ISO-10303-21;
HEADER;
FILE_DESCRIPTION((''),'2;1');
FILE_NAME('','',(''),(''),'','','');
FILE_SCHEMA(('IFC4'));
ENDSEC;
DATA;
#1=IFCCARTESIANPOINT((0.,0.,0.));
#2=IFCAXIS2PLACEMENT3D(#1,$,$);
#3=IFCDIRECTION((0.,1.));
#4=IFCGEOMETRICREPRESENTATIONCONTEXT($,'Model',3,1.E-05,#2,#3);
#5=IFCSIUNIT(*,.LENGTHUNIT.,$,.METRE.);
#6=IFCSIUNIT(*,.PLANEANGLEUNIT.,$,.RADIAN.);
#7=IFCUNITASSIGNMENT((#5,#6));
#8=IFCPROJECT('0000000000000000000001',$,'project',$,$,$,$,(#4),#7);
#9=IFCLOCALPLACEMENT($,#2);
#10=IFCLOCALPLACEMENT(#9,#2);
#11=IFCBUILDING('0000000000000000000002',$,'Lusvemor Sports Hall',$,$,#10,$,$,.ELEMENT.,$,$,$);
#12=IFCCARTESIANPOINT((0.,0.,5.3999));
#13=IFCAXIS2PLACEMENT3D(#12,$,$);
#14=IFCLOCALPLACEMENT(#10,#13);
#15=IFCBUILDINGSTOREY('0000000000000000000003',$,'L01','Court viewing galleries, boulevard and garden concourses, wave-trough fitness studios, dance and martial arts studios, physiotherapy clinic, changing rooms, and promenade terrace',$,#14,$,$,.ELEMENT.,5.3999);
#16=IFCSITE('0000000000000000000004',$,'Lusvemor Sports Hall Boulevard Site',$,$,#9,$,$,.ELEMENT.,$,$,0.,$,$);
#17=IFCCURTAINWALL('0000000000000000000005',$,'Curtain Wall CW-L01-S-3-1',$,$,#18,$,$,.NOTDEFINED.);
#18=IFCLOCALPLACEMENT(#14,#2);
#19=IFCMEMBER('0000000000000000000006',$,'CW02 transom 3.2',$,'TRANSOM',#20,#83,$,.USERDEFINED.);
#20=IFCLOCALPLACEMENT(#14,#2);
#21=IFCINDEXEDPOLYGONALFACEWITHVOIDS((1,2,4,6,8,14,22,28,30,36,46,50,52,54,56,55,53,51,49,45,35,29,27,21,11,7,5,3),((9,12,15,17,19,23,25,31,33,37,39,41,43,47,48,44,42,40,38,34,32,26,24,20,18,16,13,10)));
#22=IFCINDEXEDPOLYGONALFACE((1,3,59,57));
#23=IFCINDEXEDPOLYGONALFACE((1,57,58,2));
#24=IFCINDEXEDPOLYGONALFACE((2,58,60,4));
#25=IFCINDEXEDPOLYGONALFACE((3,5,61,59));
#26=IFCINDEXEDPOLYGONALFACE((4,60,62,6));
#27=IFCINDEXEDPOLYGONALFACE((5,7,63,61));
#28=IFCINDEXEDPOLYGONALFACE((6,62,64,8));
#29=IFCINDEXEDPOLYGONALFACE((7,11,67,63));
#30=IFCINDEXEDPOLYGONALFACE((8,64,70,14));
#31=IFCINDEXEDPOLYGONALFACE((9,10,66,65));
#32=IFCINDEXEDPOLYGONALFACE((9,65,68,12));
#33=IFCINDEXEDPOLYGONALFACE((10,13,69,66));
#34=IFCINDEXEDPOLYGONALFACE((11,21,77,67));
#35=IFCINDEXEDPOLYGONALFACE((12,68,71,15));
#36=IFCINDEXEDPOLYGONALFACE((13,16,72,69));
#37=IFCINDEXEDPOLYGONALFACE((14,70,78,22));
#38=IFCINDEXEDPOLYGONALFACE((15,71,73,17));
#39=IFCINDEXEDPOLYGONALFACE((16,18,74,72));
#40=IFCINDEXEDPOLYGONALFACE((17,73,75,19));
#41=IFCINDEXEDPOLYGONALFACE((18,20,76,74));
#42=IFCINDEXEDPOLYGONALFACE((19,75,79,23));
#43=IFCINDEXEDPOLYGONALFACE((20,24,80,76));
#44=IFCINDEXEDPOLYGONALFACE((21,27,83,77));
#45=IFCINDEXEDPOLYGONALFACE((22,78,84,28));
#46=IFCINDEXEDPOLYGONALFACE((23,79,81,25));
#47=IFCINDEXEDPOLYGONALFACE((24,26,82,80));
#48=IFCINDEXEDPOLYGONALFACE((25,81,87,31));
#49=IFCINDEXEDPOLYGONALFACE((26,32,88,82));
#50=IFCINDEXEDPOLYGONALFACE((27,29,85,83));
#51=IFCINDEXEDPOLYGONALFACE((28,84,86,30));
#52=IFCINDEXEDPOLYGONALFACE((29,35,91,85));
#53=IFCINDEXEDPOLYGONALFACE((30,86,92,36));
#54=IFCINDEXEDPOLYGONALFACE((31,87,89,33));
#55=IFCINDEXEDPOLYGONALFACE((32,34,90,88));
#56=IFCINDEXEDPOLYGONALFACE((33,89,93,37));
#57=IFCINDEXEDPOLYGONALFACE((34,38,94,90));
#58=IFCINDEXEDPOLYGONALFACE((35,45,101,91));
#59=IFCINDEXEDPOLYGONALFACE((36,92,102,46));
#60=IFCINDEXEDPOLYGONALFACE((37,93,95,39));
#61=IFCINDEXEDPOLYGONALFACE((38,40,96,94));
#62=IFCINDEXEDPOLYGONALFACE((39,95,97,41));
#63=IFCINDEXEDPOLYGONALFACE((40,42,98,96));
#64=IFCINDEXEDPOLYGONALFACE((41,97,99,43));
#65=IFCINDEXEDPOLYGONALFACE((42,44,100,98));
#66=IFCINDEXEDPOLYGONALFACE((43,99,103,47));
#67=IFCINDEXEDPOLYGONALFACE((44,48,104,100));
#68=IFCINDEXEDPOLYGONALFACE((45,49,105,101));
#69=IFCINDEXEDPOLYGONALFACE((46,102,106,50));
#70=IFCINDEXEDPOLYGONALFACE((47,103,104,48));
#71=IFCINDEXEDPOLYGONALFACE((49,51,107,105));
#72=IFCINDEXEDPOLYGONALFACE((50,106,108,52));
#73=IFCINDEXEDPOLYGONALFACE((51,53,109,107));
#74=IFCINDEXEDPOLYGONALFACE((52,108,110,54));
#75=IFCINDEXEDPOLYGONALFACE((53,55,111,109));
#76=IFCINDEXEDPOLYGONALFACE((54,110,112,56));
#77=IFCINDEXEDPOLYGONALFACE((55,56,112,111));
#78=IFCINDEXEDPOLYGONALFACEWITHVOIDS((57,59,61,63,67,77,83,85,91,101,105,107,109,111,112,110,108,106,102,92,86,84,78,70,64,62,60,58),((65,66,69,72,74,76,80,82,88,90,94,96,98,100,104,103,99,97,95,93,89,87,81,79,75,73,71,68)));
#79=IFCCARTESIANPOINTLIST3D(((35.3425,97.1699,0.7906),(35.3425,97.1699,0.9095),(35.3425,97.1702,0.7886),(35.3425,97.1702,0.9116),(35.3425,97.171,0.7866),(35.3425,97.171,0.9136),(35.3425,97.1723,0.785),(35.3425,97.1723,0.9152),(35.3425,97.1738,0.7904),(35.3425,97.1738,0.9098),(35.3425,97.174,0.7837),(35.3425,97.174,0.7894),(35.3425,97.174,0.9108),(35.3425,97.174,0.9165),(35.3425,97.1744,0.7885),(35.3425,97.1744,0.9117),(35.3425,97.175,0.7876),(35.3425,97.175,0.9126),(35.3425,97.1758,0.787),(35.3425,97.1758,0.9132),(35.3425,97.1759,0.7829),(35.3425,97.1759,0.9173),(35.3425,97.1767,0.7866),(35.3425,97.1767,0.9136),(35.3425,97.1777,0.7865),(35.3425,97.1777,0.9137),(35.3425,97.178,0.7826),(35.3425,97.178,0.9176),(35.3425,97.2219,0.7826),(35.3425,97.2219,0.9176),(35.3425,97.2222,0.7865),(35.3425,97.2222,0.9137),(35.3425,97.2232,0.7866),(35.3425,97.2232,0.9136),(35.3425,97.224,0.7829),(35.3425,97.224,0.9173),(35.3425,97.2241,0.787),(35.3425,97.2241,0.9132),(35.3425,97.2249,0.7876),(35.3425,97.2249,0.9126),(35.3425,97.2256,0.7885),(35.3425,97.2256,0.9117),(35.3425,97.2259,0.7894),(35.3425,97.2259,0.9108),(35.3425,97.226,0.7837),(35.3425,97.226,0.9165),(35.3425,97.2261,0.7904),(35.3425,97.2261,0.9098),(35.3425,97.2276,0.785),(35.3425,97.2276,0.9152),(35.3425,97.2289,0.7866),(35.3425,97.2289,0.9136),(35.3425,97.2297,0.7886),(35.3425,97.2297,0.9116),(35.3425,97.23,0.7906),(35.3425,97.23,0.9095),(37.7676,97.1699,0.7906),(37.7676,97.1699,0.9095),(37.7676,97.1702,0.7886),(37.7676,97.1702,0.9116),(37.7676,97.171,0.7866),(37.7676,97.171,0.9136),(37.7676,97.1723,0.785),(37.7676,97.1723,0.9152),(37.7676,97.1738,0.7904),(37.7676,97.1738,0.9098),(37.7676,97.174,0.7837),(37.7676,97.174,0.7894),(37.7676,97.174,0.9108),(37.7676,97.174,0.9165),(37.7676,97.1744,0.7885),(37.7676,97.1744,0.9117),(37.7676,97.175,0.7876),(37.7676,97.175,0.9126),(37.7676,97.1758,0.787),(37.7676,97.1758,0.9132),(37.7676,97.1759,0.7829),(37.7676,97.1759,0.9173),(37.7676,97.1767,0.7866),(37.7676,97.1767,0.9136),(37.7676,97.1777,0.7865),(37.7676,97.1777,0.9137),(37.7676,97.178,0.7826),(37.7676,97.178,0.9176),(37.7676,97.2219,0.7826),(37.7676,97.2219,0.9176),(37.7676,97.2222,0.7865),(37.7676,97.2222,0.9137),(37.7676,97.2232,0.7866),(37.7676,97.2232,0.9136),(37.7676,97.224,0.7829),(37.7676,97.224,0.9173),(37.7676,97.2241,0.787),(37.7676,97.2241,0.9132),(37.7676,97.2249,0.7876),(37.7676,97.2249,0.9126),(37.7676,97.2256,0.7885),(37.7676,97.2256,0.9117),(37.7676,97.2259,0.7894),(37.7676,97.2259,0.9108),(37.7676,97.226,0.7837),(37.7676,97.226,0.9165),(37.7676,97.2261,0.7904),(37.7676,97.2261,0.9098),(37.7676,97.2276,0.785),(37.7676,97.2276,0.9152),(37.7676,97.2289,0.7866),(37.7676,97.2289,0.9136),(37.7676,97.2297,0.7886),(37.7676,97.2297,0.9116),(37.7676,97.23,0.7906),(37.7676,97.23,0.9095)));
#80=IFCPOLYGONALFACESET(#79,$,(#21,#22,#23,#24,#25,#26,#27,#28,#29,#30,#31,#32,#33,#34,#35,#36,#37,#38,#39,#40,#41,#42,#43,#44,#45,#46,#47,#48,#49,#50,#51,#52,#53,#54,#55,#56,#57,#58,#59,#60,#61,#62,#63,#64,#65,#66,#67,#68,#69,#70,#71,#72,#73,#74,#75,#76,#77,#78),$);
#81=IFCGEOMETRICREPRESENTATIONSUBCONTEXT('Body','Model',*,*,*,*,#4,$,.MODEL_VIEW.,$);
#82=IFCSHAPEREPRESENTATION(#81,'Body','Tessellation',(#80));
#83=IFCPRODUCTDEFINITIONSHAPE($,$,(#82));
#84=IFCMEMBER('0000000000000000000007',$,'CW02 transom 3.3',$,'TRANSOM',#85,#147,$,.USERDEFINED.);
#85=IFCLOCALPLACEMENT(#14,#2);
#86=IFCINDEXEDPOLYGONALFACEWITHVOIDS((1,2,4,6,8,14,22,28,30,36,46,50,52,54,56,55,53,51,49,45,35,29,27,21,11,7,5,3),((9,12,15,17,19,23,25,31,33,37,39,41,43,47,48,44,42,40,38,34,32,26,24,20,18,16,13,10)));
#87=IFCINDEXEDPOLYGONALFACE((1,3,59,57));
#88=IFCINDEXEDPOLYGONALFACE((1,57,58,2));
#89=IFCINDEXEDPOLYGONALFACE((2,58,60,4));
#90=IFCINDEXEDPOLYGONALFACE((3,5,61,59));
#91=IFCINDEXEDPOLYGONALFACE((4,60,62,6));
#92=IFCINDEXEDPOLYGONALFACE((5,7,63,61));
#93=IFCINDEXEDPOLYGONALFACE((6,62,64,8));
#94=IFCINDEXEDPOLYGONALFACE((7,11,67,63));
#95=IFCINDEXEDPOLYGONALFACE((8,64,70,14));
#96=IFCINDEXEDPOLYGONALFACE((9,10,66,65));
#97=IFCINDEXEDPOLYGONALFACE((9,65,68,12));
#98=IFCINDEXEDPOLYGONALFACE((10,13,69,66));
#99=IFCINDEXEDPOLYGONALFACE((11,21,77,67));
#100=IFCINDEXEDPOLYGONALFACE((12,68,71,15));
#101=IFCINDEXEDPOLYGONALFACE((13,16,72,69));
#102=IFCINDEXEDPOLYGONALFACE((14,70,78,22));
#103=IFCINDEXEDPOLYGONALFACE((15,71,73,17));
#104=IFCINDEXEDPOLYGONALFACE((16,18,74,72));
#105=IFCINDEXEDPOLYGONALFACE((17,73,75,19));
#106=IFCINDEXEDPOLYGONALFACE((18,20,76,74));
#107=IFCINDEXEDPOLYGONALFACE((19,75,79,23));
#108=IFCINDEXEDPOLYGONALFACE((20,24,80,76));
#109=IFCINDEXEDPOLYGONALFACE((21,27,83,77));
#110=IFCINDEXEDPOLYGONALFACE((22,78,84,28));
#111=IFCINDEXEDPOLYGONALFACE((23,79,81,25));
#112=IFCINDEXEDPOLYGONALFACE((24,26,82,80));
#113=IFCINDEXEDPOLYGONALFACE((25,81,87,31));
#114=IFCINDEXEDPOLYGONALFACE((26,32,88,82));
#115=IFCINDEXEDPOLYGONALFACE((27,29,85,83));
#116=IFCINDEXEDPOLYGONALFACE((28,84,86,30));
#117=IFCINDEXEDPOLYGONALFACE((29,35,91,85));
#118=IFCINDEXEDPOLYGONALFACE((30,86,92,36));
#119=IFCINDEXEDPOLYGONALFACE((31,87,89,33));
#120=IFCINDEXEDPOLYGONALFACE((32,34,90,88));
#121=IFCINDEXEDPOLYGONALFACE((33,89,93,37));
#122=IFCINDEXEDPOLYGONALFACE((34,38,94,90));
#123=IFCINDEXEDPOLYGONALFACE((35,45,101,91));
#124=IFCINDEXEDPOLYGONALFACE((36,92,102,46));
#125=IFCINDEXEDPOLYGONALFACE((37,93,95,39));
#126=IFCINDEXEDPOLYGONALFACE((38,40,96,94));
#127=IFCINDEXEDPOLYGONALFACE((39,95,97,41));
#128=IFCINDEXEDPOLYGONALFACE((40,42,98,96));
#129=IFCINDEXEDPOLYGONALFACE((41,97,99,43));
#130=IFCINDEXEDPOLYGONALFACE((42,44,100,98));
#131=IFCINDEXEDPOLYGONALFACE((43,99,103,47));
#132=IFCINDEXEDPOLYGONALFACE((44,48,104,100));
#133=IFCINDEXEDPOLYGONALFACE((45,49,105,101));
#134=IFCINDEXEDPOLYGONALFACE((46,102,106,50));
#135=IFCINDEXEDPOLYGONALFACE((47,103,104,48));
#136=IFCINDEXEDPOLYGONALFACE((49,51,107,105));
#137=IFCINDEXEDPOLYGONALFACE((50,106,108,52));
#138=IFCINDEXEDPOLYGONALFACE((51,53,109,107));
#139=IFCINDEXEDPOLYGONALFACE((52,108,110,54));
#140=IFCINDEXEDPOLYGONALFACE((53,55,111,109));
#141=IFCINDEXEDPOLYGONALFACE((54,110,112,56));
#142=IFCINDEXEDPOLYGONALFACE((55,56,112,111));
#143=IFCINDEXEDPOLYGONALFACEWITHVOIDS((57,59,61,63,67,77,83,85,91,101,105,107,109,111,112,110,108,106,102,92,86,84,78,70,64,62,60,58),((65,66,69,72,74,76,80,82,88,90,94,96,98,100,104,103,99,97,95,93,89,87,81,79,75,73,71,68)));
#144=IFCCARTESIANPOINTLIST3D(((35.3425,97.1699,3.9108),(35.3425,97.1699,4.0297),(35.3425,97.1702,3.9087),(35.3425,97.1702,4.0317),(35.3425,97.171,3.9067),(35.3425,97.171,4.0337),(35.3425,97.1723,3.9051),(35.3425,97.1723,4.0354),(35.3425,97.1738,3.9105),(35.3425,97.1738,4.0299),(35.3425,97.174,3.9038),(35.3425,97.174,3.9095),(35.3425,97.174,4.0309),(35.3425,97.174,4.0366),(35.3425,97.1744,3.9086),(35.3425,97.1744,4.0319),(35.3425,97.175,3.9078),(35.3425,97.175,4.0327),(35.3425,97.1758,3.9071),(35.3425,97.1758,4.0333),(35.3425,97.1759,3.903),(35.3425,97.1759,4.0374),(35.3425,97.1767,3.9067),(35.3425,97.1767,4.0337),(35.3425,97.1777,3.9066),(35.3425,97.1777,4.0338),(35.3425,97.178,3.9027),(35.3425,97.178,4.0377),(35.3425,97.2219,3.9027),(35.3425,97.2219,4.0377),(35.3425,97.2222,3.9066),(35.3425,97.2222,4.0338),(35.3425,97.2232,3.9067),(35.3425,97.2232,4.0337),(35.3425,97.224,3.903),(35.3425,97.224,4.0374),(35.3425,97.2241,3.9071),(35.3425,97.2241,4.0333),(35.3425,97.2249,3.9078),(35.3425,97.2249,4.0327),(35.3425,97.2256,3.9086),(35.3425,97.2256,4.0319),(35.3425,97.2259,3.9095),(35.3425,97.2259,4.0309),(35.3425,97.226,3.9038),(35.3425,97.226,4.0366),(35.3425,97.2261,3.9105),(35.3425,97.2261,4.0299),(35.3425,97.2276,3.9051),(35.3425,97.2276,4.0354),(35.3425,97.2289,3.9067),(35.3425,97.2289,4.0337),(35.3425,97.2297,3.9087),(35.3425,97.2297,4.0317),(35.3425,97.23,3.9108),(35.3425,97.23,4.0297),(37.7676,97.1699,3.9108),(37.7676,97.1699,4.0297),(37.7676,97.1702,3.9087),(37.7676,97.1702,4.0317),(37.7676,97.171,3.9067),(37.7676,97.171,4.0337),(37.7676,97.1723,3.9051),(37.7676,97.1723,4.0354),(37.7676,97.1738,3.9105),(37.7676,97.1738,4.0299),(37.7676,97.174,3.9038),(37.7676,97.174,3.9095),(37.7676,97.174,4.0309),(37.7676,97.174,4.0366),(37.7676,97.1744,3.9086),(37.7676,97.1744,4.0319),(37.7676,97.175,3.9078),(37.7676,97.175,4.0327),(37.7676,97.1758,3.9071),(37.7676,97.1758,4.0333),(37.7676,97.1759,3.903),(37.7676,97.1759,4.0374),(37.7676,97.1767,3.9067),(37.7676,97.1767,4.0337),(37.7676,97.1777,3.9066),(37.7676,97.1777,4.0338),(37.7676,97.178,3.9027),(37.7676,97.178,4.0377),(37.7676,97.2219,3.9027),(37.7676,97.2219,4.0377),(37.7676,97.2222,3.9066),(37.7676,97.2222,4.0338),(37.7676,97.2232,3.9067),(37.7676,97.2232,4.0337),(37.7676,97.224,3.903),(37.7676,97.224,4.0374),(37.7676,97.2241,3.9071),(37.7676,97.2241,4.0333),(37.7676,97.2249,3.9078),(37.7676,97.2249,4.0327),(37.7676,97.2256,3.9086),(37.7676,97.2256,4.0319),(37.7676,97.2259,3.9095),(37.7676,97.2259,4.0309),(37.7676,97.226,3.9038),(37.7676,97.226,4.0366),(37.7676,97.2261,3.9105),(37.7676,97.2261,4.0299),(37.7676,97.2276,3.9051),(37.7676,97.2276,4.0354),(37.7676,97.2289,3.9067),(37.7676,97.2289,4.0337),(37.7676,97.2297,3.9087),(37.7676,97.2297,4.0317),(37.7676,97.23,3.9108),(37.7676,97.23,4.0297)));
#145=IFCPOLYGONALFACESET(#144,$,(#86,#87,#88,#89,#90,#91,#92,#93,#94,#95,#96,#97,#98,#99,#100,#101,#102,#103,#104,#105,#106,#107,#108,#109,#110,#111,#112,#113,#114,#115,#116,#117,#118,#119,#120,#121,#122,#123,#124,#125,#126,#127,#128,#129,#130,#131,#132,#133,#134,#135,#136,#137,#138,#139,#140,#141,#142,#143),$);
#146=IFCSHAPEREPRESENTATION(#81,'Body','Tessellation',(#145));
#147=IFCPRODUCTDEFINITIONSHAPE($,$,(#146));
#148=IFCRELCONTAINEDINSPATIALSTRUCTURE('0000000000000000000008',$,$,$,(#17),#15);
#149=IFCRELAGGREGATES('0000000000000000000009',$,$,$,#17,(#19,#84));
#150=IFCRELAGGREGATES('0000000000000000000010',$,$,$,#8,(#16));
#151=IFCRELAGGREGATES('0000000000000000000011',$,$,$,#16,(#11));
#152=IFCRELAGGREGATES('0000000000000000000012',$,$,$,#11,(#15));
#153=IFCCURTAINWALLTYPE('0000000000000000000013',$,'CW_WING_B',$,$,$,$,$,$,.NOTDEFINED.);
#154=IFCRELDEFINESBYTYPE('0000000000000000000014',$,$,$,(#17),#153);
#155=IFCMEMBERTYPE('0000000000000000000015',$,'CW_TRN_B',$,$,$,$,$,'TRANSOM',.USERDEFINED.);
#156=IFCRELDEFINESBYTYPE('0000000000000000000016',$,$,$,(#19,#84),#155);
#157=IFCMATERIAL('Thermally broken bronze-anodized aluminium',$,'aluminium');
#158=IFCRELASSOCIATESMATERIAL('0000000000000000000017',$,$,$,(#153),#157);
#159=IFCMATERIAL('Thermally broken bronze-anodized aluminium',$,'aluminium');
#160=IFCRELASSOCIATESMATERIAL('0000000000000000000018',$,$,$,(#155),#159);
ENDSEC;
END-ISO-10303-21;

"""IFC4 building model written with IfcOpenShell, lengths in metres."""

from ifc_helpers import new_model, si_unit, direction, frame, origin, origin_2d, place, context, subcontext, project, spatial, hollow_rectangle, extrude, material, material_profile, profile_set, type_object, element, aggregate, save


model = new_model("IFC4")

# Units and contexts
model_context = context("Model", 3, precision=1e-05, world=origin(), true_north=direction((0.0, 1.0)))
body_context = subcontext(model_context, "Body", "Model", "MODEL_VIEW")
ifc_project = project(units=[si_unit("LENGTHUNIT", "METRE"), si_unit("PLANEANGLEUNIT", "RADIAN")], contexts=[model_context])

# Site, building, storey
site_placement = place(None, origin())
site = spatial("IfcSite", under=ifc_project, at=site_placement, Name="Lusvemor Sports Hall Boulevard Site", CompositionType="ELEMENT", RefElevation=0.0)
building_placement = place(site_placement, origin())
building = spatial("IfcBuilding", under=site, at=building_placement, Name="Lusvemor Sports Hall", CompositionType="ELEMENT")
storey_placement = place(building_placement, frame((0.0, 0.0, 5.3999)))
storey = spatial("IfcBuildingStorey", under=building, at=storey_placement, Name="L01", Description="Court viewing galleries, boulevard and garden concourses, wave-trough fitness studios, dance and martial arts studios, physiotherapy clinic, changing rooms, and promenade terrace", CompositionType="ELEMENT", Elevation=5.3999)

# Curtain wall, members
ifc_material_1 = material(Name="Thermally broken bronze-anodized aluminium", Category="aluminium")
curtain_wall_type = type_object("IfcCurtainWallType", Name="CW_WING_B", PredefinedType="NOTDEFINED", material=ifc_material_1)
curtain_wall_placement = place(storey_placement, origin())
curtain_wall = element("IfcCurtainWall", 1, at=curtain_wall_placement, inside=storey, type_object=curtain_wall_type, Name="Curtain Wall CW-L01-S-3-1", PredefinedType="NOTDEFINED")
ifc_material_2 = material(Name="Thermally broken bronze-anodized aluminium", Category="aluminium")
ifc_material_profile_1 = material_profile(ifc_material_2, hollow_rectangle(XDim=0.0601, YDim=0.135, WallThickness=0.0039, InnerFilletRadius=0.0039, OuterFilletRadius=0.0081, at=origin_2d()), Name="CWTRN135x60x4")
ifc_profile_set_1 = profile_set([ifc_material_profile_1], Name="Thermally broken bronze-anodized aluminium")
member_type_1 = type_object("IfcMemberType", Name="CW_TRN_B", ElementType="TRANSOM", PredefinedType="USERDEFINED", material=ifc_profile_set_1)
member_1_placement = place(storey_placement, frame((37.7676, 97.2, 0.8501), z_axis=(-1.0, 0.0, 0.0), x_axis=(0.0, -1.0, 0.0)))
member_1 = element("IfcMember", 2, at=member_1_placement, type_object=member_type_1, Name="CW02 transom 3.2", ObjectType="TRANSOM", PredefinedType="USERDEFINED", context=body_context, shape_type="SweptSolid", body=[
    extrude(hollow_rectangle(XDim=0.0601, YDim=0.135, WallThickness=0.0039, InnerFilletRadius=0.0039, OuterFilletRadius=0.0081, at=origin_2d()), origin(), (0.0, 0.0, 1.0), 2.425),
])
member_2_placement = place(storey_placement, frame((37.7676, 97.2, 3.9702), z_axis=(-1.0, 0.0, 0.0), x_axis=(0.0, -1.0, 0.0)))
member_2 = element("IfcMember", 3, at=member_2_placement, type_object=member_type_1, Name="CW02 transom 3.3", ObjectType="TRANSOM", PredefinedType="USERDEFINED", context=body_context, shape_type="SweptSolid", body=[
    extrude(hollow_rectangle(XDim=0.0601, YDim=0.135, WallThickness=0.0039, InnerFilletRadius=0.0039, OuterFilletRadius=0.0081, at=origin_2d()), origin(), (0.0, 0.0, 1.0), 2.425),
])

aggregate(curtain_wall, [member_1, member_2])

save(model, "model.ifc")
